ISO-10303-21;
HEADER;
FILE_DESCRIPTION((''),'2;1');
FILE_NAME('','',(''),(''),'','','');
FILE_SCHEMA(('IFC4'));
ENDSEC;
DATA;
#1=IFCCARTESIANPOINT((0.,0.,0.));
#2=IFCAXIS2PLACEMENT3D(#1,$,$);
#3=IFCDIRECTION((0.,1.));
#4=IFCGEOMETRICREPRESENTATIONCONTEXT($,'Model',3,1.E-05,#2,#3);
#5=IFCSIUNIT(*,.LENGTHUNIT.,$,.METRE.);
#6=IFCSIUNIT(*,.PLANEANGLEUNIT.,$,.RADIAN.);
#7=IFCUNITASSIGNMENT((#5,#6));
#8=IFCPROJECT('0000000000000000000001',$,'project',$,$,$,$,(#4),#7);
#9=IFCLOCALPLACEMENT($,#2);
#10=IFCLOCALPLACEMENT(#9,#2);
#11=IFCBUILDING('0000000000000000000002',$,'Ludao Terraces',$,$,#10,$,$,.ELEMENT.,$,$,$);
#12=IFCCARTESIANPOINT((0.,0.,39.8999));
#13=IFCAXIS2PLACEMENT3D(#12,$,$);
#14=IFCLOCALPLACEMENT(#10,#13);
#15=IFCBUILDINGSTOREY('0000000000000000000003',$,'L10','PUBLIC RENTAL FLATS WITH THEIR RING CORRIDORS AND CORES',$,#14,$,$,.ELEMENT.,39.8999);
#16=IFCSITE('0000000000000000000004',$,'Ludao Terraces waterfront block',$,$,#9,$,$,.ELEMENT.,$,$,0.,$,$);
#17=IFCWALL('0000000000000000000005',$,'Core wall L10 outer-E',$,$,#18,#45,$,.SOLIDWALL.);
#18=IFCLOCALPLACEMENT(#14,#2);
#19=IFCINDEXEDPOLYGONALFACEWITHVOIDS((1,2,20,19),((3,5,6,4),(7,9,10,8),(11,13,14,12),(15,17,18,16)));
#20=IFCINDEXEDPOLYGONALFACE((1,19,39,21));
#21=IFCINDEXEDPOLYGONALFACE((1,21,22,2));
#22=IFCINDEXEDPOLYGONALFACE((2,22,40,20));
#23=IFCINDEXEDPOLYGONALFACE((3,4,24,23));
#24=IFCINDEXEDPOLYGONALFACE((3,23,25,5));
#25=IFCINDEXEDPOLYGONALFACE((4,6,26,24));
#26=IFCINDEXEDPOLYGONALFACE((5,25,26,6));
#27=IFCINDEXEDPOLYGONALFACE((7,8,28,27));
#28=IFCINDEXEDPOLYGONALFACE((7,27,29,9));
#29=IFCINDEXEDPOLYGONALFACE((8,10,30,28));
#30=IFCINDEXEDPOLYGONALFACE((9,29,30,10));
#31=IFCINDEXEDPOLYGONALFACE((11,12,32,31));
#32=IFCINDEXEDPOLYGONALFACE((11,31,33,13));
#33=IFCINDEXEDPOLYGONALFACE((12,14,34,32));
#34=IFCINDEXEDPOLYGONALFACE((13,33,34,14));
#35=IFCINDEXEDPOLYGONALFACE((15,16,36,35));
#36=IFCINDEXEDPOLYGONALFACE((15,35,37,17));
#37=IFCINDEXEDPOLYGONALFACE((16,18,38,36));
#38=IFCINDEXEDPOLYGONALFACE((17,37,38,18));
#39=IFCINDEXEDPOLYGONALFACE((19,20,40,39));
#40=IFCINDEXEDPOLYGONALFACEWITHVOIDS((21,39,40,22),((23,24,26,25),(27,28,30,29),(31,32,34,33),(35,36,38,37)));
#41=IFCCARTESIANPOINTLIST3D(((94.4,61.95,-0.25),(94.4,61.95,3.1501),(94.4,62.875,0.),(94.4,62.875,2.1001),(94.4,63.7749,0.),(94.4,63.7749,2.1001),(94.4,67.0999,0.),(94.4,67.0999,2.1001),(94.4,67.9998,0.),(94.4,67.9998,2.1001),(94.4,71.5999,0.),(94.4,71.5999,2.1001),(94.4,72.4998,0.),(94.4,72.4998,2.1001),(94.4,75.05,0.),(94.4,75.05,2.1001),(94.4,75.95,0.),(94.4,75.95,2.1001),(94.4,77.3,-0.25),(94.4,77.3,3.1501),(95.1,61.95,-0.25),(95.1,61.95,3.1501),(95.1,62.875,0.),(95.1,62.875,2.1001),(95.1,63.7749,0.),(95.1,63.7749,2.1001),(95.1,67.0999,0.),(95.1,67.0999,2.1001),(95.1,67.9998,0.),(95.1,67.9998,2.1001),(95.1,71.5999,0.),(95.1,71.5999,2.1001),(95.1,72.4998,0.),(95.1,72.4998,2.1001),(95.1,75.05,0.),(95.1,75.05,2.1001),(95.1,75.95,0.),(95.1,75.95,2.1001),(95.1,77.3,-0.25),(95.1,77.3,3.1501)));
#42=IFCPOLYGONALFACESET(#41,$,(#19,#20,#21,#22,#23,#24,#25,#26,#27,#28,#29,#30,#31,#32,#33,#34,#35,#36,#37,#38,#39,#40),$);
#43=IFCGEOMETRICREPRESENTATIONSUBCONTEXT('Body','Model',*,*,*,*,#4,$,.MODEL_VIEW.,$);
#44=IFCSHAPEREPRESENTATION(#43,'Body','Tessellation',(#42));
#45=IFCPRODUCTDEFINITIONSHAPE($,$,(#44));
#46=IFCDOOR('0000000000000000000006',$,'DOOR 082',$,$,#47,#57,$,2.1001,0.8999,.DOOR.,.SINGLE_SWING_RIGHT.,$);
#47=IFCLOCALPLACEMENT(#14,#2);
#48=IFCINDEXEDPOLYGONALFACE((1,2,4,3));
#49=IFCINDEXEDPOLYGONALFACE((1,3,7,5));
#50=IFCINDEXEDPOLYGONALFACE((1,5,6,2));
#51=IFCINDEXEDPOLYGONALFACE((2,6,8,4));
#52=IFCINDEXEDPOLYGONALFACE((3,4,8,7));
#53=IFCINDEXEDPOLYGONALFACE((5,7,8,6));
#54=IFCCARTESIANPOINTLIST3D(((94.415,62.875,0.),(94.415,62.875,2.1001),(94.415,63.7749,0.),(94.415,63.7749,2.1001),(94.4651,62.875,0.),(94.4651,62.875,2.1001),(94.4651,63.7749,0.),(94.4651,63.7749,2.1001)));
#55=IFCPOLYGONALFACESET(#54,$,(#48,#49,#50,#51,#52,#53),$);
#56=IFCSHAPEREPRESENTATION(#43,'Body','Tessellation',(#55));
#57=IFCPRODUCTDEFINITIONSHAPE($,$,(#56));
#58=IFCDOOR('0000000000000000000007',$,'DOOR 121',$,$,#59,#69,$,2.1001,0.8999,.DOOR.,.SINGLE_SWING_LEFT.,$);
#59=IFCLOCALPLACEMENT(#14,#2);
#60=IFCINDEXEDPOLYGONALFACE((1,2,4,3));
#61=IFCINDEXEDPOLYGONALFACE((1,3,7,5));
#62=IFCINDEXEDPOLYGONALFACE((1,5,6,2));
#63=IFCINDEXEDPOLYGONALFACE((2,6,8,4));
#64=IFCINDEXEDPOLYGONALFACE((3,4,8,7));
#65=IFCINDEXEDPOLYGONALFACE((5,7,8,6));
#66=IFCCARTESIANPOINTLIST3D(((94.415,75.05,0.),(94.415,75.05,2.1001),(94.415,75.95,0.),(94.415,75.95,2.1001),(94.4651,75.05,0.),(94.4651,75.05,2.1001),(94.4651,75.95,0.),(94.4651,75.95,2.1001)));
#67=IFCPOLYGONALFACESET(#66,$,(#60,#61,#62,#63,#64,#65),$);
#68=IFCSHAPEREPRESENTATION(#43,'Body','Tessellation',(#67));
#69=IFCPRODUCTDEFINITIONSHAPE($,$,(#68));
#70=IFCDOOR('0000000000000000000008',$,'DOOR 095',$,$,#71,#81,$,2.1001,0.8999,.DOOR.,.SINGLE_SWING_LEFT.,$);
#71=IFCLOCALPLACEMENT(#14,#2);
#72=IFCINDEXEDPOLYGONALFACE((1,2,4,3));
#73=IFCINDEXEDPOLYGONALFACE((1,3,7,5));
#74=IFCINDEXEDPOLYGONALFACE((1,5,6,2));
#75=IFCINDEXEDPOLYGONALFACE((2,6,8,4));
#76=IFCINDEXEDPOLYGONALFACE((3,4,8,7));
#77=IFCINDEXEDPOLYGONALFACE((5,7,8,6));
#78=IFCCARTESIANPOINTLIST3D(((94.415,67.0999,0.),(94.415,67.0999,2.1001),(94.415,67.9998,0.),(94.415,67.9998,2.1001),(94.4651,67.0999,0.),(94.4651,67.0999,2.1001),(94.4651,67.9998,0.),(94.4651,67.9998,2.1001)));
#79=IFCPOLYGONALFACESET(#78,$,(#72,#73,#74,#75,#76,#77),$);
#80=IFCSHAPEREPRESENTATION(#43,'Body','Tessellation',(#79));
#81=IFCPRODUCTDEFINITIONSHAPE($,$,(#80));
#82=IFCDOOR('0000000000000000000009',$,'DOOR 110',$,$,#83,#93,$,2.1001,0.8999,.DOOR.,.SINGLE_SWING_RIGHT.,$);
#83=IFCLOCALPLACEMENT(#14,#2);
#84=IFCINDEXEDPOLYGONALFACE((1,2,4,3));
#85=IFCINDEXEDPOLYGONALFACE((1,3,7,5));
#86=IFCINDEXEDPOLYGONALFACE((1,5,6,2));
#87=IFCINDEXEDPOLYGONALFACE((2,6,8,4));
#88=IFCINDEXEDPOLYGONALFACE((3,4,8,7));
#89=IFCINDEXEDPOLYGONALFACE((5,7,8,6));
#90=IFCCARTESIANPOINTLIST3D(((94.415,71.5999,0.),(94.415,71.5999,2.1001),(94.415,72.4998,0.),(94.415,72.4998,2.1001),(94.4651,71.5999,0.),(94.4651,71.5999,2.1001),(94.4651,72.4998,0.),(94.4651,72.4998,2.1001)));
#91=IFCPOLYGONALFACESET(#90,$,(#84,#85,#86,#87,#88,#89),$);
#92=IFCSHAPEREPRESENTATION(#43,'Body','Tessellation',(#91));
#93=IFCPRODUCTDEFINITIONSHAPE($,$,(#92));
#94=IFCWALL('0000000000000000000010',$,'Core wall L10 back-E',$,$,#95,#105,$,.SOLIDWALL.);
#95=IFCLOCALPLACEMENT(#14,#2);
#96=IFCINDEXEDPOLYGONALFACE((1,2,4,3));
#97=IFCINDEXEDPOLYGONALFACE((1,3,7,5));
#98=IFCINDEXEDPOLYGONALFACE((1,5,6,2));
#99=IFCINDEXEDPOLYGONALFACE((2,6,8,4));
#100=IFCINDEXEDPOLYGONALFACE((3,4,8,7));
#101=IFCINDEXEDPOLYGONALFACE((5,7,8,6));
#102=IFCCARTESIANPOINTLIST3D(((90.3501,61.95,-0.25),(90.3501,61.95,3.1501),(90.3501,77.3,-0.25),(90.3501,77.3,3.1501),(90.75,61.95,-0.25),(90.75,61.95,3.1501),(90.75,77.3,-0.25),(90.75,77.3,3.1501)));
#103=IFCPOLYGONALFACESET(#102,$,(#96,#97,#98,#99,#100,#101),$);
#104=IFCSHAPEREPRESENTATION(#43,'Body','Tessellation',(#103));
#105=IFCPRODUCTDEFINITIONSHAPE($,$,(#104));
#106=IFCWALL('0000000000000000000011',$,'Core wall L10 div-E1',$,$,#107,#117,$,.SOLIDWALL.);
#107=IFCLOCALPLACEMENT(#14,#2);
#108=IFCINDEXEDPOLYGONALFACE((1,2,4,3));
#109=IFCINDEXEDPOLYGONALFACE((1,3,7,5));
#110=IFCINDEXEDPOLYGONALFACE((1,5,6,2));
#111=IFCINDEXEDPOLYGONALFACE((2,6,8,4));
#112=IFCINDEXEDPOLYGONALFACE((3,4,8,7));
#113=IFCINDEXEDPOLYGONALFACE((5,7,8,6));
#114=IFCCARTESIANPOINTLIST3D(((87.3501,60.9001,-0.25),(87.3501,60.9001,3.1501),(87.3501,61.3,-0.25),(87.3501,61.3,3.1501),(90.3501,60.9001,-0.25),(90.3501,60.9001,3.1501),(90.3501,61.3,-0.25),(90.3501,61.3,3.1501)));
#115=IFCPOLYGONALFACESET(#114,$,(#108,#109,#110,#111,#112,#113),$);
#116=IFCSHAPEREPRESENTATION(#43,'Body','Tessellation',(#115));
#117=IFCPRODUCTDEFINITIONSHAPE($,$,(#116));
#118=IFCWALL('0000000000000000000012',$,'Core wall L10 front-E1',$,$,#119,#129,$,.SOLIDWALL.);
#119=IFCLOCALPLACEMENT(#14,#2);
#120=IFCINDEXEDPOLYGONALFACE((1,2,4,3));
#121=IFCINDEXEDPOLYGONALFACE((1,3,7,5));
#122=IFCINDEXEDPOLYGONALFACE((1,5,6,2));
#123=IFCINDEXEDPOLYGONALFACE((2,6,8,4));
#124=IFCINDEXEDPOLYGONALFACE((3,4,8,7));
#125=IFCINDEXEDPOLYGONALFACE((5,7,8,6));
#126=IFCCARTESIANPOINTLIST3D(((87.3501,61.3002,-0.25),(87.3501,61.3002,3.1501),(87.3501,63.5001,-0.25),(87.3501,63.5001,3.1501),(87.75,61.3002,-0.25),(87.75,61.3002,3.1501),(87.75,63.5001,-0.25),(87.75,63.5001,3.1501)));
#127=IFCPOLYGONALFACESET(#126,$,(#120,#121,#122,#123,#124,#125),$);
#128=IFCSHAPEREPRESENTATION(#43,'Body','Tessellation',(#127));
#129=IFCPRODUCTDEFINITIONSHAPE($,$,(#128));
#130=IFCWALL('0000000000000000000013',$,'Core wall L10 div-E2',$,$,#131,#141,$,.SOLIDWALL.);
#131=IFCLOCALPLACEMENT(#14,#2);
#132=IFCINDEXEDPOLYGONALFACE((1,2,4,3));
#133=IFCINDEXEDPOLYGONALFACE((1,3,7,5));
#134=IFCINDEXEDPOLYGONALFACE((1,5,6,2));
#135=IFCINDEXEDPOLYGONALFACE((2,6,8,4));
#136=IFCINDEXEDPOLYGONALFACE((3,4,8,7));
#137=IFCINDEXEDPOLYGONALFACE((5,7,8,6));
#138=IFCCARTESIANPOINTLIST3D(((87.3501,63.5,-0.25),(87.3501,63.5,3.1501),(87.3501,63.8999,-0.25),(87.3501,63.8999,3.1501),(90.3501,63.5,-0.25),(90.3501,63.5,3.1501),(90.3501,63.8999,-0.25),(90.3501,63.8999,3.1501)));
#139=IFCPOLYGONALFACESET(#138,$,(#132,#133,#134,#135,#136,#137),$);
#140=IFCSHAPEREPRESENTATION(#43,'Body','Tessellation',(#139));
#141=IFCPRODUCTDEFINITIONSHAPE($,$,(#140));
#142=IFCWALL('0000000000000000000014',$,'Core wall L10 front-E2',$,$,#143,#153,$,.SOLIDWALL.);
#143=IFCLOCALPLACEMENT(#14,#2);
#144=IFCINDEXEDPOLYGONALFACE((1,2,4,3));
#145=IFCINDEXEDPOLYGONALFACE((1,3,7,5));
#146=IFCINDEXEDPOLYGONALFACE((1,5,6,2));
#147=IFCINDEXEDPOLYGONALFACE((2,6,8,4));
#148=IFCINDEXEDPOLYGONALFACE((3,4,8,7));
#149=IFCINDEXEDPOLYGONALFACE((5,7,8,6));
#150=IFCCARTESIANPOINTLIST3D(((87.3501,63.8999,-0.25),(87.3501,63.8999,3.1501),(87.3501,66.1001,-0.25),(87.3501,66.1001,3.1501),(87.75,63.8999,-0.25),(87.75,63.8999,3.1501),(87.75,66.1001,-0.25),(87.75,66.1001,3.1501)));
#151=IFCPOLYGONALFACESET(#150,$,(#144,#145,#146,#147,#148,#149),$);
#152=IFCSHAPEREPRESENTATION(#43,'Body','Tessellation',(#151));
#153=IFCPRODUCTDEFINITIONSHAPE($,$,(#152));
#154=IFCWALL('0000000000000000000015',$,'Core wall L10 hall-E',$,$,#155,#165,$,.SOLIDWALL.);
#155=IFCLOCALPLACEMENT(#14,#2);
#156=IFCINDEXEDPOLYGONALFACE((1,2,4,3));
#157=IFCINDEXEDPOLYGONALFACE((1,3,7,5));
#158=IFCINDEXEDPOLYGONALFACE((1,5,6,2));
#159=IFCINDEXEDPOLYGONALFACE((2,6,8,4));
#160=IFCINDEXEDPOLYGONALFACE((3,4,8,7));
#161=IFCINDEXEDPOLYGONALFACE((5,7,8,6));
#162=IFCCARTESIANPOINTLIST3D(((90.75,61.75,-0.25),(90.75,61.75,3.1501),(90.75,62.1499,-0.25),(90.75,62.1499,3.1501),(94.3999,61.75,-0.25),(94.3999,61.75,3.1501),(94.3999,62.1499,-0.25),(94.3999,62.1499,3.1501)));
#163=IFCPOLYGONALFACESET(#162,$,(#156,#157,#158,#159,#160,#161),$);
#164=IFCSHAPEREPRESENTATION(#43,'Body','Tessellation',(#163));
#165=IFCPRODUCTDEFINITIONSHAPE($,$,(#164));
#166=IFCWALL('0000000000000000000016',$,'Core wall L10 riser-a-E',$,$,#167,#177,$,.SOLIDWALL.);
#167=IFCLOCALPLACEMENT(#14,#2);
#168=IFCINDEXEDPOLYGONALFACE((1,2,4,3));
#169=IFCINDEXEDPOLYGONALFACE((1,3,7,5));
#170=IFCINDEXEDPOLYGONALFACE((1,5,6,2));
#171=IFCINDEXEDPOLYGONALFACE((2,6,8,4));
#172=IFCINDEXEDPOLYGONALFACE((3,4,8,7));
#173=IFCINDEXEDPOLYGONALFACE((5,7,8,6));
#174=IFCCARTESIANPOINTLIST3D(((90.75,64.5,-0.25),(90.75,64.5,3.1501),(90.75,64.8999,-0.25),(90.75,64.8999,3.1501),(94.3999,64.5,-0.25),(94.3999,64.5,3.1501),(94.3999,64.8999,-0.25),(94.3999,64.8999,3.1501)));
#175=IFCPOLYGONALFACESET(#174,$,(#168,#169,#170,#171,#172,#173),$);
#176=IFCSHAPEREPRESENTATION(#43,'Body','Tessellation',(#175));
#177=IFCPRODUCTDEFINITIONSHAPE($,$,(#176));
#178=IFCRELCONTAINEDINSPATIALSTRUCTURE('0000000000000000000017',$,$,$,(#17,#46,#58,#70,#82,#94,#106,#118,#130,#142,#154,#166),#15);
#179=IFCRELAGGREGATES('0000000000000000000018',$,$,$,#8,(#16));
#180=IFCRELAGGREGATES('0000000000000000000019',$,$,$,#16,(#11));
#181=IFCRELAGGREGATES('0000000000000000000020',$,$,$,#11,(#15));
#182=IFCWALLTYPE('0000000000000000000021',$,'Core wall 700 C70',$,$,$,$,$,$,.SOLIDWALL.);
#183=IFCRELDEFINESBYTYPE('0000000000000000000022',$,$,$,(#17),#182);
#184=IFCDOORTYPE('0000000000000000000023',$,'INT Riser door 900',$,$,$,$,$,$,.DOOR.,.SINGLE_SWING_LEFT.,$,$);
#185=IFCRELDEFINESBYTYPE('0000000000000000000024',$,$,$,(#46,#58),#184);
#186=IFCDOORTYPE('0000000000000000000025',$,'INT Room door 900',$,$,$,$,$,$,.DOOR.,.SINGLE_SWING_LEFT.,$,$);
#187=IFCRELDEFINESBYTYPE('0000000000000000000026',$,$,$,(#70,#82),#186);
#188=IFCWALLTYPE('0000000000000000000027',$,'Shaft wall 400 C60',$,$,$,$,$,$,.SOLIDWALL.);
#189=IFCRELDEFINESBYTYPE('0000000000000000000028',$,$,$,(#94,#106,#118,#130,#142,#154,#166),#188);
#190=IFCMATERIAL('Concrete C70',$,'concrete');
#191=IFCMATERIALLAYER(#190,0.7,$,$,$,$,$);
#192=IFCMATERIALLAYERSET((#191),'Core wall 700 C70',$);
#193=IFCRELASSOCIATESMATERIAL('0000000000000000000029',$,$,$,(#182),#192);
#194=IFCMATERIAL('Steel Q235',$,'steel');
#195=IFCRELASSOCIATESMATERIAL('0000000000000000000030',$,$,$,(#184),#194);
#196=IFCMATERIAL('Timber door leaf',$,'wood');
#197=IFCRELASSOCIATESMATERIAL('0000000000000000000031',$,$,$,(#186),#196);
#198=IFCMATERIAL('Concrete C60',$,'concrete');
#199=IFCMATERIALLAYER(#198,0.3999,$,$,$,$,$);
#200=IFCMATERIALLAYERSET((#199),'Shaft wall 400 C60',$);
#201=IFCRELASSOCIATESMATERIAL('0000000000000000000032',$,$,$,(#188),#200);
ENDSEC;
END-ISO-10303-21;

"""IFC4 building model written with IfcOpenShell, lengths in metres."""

from ifc_helpers import new_model, si_unit, direction, frame, frame_2d, origin, place, context, subcontext, project, spatial, rectangle, extrude, material, layer, layer_set, type_object, element, fill, save


model = new_model("IFC4")

# Units and contexts
model_context = context("Model", 3, precision=1e-05, world=origin(), true_north=direction((0.0, 1.0)))
body_context = subcontext(model_context, "Body", "Model", "MODEL_VIEW")
ifc_project = project(units=[si_unit("LENGTHUNIT", "METRE"), si_unit("PLANEANGLEUNIT", "RADIAN")], contexts=[model_context])

# Site, building, storey
site_placement = place(None, origin())
site = spatial("IfcSite", under=ifc_project, at=site_placement, Name="Ludao Terraces waterfront block", CompositionType="ELEMENT", RefElevation=0.0)
building_placement = place(site_placement, origin())
building = spatial("IfcBuilding", under=site, at=building_placement, Name="Ludao Terraces", CompositionType="ELEMENT")
storey_placement = place(building_placement, frame((0.0, 0.0, 39.8999)))
storey = spatial("IfcBuildingStorey", under=building, at=storey_placement, Name="L10", Description="PUBLIC RENTAL FLATS WITH THEIR RING CORRIDORS AND CORES", CompositionType="ELEMENT", Elevation=39.8999)

# Wall, openings, doors
ifc_material_1 = material(Name="Concrete C70", Category="concrete")
ifc_layer_1 = layer(ifc_material_1, 0.7)
ifc_layer_set_1 = layer_set([ifc_layer_1], Name="Core wall 700 C70")
wall_type_1 = type_object("IfcWallType", Name="Core wall 700 C70", PredefinedType="SOLIDWALL", material=ifc_layer_set_1)
wall_1_placement = place(storey_placement, frame((94.75, 61.95, -0.25), z_axis=(0.0, 0.0, 1.0), x_axis=(0.0, 1.0, 0.0)))
wall_1 = element("IfcWall", 1, at=wall_1_placement, inside=storey, type_object=wall_type_1, Name="Core wall L10 outer-E", PredefinedType="SOLIDWALL", context=body_context, shape_type="SweptSolid", body=[
    extrude(rectangle(XDim=15.3501, YDim=0.7, at=frame_2d((7.675, 0.0))), origin(), (0.0, 0.0, 1.0), 3.4001),
])
opening_1_placement = place(wall_1_placement, frame((0.925, 0.0, 0.25)))
opening_1 = element("IfcOpeningElement", 2, at=opening_1_placement, cuts=wall_1, PredefinedType="OPENING", context=body_context, shape_type="SweptSolid", body=[
    extrude(rectangle(XDim=0.8999, YDim=2.1001, at=frame_2d((0.45, 1.05))), frame((0.0, 0.3599, 0.0), z_axis=(0.0, -1.0, 0.0), x_axis=(1.0, 0.0, 0.0)), (0.0, 0.0, 1.0), 0.72),
])
opening_2_placement = place(wall_1_placement, frame((5.1499, 0.0, 0.25)))
opening_2 = element("IfcOpeningElement", 3, at=opening_2_placement, cuts=wall_1, PredefinedType="OPENING", context=body_context, shape_type="SweptSolid", body=[
    extrude(rectangle(XDim=0.8999, YDim=2.1001, at=frame_2d((0.45, 1.05))), frame((0.0, 0.3599, 0.0), z_axis=(0.0, -1.0, 0.0), x_axis=(1.0, 0.0, 0.0)), (0.0, 0.0, 1.0), 0.72),
])
opening_3_placement = place(wall_1_placement, frame((9.6499, 0.0, 0.25)))
opening_3 = element("IfcOpeningElement", 4, at=opening_3_placement, cuts=wall_1, PredefinedType="OPENING", context=body_context, shape_type="SweptSolid", body=[
    extrude(rectangle(XDim=0.8999, YDim=2.1001, at=frame_2d((0.45, 1.05))), frame((0.0, 0.3599, 0.0), z_axis=(0.0, -1.0, 0.0), x_axis=(1.0, 0.0, 0.0)), (0.0, 0.0, 1.0), 0.72),
])
opening_4_placement = place(wall_1_placement, frame((13.1001, 0.0, 0.25)))
opening_4 = element("IfcOpeningElement", 5, at=opening_4_placement, cuts=wall_1, PredefinedType="OPENING", context=body_context, shape_type="SweptSolid", body=[
    extrude(rectangle(XDim=0.8999, YDim=2.1001, at=frame_2d((0.45, 1.05))), frame((0.0, 0.3599, 0.0), z_axis=(0.0, -1.0, 0.0), x_axis=(1.0, 0.0, 0.0)), (0.0, 0.0, 1.0), 0.72),
])
ifc_material_2 = material(Name="Steel Q235", Category="steel")
door_type_1 = type_object("IfcDoorType", Name="INT Riser door 900", OperationType="SINGLE_SWING_LEFT", PredefinedType="DOOR", material=ifc_material_2)
door_1_placement = place(opening_1_placement, origin())
door_1 = element("IfcDoor", 6, at=door_1_placement, inside=storey, type_object=door_type_1, Name="DOOR 082", OperationType="SINGLE_SWING_RIGHT", OverallHeight=2.1001, OverallWidth=0.8999, PredefinedType="DOOR", context=body_context, shape_type="SweptSolid", body=[
    extrude(rectangle(XDim=0.8999, YDim=2.1001, at=frame_2d((0.45, 1.05))), frame((0.0, 0.335, 0.0), z_axis=(0.0, -1.0, 0.0), x_axis=(1.0, 0.0, 0.0)), (0.0, 0.0, 1.0), 0.05),
])
fill(opening_1, door_1)
door_2_placement = place(opening_4_placement, origin())
door_2 = element("IfcDoor", 7, at=door_2_placement, inside=storey, type_object=door_type_1, Name="DOOR 121", OperationType="SINGLE_SWING_LEFT", OverallHeight=2.1001, OverallWidth=0.8999, PredefinedType="DOOR", context=body_context, shape_type="SweptSolid", body=[
    extrude(rectangle(XDim=0.8999, YDim=2.1001, at=frame_2d((0.45, 1.05))), frame((0.0, 0.335, 0.0), z_axis=(0.0, -1.0, 0.0), x_axis=(1.0, 0.0, 0.0)), (0.0, 0.0, 1.0), 0.05),
])
fill(opening_4, door_2)
ifc_material_3 = material(Name="Timber door leaf", Category="wood")
door_type_2 = type_object("IfcDoorType", Name="INT Room door 900", OperationType="SINGLE_SWING_LEFT", PredefinedType="DOOR", material=ifc_material_3)
door_3_placement = place(opening_2_placement, origin())
door_3 = element("IfcDoor", 8, at=door_3_placement, inside=storey, type_object=door_type_2, Name="DOOR 095", OperationType="SINGLE_SWING_LEFT", OverallHeight=2.1001, OverallWidth=0.8999, PredefinedType="DOOR", context=body_context, shape_type="SweptSolid", body=[
    extrude(rectangle(XDim=0.8999, YDim=2.1001, at=frame_2d((0.45, 1.05))), frame((0.0, 0.335, 0.0), z_axis=(0.0, -1.0, 0.0), x_axis=(1.0, 0.0, 0.0)), (0.0, 0.0, 1.0), 0.05),
])
fill(opening_2, door_3)
door_4_placement = place(opening_3_placement, origin())
door_4 = element("IfcDoor", 9, at=door_4_placement, inside=storey, type_object=door_type_2, Name="DOOR 110", OperationType="SINGLE_SWING_RIGHT", OverallHeight=2.1001, OverallWidth=0.8999, PredefinedType="DOOR", context=body_context, shape_type="SweptSolid", body=[
    extrude(rectangle(XDim=0.8999, YDim=2.1001, at=frame_2d((0.45, 1.05))), frame((0.0, 0.335, 0.0), z_axis=(0.0, -1.0, 0.0), x_axis=(1.0, 0.0, 0.0)), (0.0, 0.0, 1.0), 0.05),
])
fill(opening_3, door_4)

# Walls
ifc_material_4 = material(Name="Concrete C60", Category="concrete")
ifc_layer_2 = layer(ifc_material_4, 0.3999)
ifc_layer_set_2 = layer_set([ifc_layer_2], Name="Shaft wall 400 C60")
wall_type_2 = type_object("IfcWallType", Name="Shaft wall 400 C60", PredefinedType="SOLIDWALL", material=ifc_layer_set_2)
wall_2_placement = place(storey_placement, frame((90.55, 61.95, -0.25), z_axis=(0.0, 0.0, 1.0), x_axis=(0.0, 1.0, 0.0)))
element("IfcWall", 10, at=wall_2_placement, inside=storey, type_object=wall_type_2, Name="Core wall L10 back-E", PredefinedType="SOLIDWALL", context=body_context, shape_type="SweptSolid", body=[
    extrude(rectangle(XDim=15.3501, YDim=0.3999, at=frame_2d((7.675, 0.0))), origin(), (0.0, 0.0, 1.0), 3.4001),
])
wall_3_placement = place(storey_placement, frame((87.3501, 61.1001, -0.25), z_axis=(0.0, 0.0, 1.0), x_axis=(1.0, 0.0, 0.0)))
element("IfcWall", 11, at=wall_3_placement, inside=storey, type_object=wall_type_2, Name="Core wall L10 div-E1", PredefinedType="SOLIDWALL", context=body_context, shape_type="SweptSolid", body=[
    extrude(rectangle(XDim=3.0, YDim=0.3999, at=frame_2d((1.5, 0.0))), origin(), (0.0, 0.0, 1.0), 3.4001),
])
wall_4_placement = place(storey_placement, frame((87.55, 61.3, -0.25), z_axis=(0.0, 0.0, 1.0), x_axis=(0.0, 1.0, 0.0)))
element("IfcWall", 12, at=wall_4_placement, inside=storey, type_object=wall_type_2, Name="Core wall L10 front-E1", PredefinedType="SOLIDWALL", context=body_context, shape_type="SweptSolid", body=[
    extrude(rectangle(XDim=2.2, YDim=0.3999, at=frame_2d((1.1001, 0.0))), origin(), (0.0, 0.0, 1.0), 3.4001),
])
wall_5_placement = place(storey_placement, frame((87.3501, 63.7, -0.25), z_axis=(0.0, 0.0, 1.0), x_axis=(1.0, 0.0, 0.0)))
element("IfcWall", 13, at=wall_5_placement, inside=storey, type_object=wall_type_2, Name="Core wall L10 div-E2", PredefinedType="SOLIDWALL", context=body_context, shape_type="SweptSolid", body=[
    extrude(rectangle(XDim=3.0, YDim=0.3999, at=frame_2d((1.5, 0.0))), origin(), (0.0, 0.0, 1.0), 3.4001),
])
wall_6_placement = place(storey_placement, frame((87.55, 63.8999, -0.25), z_axis=(0.0, 0.0, 1.0), x_axis=(0.0, 1.0, 0.0)))
element("IfcWall", 14, at=wall_6_placement, inside=storey, type_object=wall_type_2, Name="Core wall L10 front-E2", PredefinedType="SOLIDWALL", context=body_context, shape_type="SweptSolid", body=[
    extrude(rectangle(XDim=2.2002, YDim=0.3999, at=frame_2d((1.1001, 0.0))), origin(), (0.0, 0.0, 1.0), 3.4001),
])
for number, where, z_axis, x_axis, name in (
    (15, (90.75, 61.95, -0.25), (0.0, 0.0, 1.0), (1.0, 0.0, 0.0), "Core wall L10 hall-E"),
    (16, (90.75, 64.7, -0.25), (0.0, 0.0, 1.0), (1.0, 0.0, 0.0), "Core wall L10 riser-a-E"),
):
    element("IfcWall", number, at=place(storey_placement, frame(where, z_axis=z_axis, x_axis=x_axis)), inside=storey, type_object=wall_type_2, Name=name, PredefinedType="SOLIDWALL", context=body_context, shape_type="SweptSolid", body=[
        extrude(rectangle(XDim=3.6499, YDim=0.3999, at=frame_2d((1.825, 0.0))), origin(), (0.0, 0.0, 1.0), 3.4001),
    ])

save(model, "model.ifc")
